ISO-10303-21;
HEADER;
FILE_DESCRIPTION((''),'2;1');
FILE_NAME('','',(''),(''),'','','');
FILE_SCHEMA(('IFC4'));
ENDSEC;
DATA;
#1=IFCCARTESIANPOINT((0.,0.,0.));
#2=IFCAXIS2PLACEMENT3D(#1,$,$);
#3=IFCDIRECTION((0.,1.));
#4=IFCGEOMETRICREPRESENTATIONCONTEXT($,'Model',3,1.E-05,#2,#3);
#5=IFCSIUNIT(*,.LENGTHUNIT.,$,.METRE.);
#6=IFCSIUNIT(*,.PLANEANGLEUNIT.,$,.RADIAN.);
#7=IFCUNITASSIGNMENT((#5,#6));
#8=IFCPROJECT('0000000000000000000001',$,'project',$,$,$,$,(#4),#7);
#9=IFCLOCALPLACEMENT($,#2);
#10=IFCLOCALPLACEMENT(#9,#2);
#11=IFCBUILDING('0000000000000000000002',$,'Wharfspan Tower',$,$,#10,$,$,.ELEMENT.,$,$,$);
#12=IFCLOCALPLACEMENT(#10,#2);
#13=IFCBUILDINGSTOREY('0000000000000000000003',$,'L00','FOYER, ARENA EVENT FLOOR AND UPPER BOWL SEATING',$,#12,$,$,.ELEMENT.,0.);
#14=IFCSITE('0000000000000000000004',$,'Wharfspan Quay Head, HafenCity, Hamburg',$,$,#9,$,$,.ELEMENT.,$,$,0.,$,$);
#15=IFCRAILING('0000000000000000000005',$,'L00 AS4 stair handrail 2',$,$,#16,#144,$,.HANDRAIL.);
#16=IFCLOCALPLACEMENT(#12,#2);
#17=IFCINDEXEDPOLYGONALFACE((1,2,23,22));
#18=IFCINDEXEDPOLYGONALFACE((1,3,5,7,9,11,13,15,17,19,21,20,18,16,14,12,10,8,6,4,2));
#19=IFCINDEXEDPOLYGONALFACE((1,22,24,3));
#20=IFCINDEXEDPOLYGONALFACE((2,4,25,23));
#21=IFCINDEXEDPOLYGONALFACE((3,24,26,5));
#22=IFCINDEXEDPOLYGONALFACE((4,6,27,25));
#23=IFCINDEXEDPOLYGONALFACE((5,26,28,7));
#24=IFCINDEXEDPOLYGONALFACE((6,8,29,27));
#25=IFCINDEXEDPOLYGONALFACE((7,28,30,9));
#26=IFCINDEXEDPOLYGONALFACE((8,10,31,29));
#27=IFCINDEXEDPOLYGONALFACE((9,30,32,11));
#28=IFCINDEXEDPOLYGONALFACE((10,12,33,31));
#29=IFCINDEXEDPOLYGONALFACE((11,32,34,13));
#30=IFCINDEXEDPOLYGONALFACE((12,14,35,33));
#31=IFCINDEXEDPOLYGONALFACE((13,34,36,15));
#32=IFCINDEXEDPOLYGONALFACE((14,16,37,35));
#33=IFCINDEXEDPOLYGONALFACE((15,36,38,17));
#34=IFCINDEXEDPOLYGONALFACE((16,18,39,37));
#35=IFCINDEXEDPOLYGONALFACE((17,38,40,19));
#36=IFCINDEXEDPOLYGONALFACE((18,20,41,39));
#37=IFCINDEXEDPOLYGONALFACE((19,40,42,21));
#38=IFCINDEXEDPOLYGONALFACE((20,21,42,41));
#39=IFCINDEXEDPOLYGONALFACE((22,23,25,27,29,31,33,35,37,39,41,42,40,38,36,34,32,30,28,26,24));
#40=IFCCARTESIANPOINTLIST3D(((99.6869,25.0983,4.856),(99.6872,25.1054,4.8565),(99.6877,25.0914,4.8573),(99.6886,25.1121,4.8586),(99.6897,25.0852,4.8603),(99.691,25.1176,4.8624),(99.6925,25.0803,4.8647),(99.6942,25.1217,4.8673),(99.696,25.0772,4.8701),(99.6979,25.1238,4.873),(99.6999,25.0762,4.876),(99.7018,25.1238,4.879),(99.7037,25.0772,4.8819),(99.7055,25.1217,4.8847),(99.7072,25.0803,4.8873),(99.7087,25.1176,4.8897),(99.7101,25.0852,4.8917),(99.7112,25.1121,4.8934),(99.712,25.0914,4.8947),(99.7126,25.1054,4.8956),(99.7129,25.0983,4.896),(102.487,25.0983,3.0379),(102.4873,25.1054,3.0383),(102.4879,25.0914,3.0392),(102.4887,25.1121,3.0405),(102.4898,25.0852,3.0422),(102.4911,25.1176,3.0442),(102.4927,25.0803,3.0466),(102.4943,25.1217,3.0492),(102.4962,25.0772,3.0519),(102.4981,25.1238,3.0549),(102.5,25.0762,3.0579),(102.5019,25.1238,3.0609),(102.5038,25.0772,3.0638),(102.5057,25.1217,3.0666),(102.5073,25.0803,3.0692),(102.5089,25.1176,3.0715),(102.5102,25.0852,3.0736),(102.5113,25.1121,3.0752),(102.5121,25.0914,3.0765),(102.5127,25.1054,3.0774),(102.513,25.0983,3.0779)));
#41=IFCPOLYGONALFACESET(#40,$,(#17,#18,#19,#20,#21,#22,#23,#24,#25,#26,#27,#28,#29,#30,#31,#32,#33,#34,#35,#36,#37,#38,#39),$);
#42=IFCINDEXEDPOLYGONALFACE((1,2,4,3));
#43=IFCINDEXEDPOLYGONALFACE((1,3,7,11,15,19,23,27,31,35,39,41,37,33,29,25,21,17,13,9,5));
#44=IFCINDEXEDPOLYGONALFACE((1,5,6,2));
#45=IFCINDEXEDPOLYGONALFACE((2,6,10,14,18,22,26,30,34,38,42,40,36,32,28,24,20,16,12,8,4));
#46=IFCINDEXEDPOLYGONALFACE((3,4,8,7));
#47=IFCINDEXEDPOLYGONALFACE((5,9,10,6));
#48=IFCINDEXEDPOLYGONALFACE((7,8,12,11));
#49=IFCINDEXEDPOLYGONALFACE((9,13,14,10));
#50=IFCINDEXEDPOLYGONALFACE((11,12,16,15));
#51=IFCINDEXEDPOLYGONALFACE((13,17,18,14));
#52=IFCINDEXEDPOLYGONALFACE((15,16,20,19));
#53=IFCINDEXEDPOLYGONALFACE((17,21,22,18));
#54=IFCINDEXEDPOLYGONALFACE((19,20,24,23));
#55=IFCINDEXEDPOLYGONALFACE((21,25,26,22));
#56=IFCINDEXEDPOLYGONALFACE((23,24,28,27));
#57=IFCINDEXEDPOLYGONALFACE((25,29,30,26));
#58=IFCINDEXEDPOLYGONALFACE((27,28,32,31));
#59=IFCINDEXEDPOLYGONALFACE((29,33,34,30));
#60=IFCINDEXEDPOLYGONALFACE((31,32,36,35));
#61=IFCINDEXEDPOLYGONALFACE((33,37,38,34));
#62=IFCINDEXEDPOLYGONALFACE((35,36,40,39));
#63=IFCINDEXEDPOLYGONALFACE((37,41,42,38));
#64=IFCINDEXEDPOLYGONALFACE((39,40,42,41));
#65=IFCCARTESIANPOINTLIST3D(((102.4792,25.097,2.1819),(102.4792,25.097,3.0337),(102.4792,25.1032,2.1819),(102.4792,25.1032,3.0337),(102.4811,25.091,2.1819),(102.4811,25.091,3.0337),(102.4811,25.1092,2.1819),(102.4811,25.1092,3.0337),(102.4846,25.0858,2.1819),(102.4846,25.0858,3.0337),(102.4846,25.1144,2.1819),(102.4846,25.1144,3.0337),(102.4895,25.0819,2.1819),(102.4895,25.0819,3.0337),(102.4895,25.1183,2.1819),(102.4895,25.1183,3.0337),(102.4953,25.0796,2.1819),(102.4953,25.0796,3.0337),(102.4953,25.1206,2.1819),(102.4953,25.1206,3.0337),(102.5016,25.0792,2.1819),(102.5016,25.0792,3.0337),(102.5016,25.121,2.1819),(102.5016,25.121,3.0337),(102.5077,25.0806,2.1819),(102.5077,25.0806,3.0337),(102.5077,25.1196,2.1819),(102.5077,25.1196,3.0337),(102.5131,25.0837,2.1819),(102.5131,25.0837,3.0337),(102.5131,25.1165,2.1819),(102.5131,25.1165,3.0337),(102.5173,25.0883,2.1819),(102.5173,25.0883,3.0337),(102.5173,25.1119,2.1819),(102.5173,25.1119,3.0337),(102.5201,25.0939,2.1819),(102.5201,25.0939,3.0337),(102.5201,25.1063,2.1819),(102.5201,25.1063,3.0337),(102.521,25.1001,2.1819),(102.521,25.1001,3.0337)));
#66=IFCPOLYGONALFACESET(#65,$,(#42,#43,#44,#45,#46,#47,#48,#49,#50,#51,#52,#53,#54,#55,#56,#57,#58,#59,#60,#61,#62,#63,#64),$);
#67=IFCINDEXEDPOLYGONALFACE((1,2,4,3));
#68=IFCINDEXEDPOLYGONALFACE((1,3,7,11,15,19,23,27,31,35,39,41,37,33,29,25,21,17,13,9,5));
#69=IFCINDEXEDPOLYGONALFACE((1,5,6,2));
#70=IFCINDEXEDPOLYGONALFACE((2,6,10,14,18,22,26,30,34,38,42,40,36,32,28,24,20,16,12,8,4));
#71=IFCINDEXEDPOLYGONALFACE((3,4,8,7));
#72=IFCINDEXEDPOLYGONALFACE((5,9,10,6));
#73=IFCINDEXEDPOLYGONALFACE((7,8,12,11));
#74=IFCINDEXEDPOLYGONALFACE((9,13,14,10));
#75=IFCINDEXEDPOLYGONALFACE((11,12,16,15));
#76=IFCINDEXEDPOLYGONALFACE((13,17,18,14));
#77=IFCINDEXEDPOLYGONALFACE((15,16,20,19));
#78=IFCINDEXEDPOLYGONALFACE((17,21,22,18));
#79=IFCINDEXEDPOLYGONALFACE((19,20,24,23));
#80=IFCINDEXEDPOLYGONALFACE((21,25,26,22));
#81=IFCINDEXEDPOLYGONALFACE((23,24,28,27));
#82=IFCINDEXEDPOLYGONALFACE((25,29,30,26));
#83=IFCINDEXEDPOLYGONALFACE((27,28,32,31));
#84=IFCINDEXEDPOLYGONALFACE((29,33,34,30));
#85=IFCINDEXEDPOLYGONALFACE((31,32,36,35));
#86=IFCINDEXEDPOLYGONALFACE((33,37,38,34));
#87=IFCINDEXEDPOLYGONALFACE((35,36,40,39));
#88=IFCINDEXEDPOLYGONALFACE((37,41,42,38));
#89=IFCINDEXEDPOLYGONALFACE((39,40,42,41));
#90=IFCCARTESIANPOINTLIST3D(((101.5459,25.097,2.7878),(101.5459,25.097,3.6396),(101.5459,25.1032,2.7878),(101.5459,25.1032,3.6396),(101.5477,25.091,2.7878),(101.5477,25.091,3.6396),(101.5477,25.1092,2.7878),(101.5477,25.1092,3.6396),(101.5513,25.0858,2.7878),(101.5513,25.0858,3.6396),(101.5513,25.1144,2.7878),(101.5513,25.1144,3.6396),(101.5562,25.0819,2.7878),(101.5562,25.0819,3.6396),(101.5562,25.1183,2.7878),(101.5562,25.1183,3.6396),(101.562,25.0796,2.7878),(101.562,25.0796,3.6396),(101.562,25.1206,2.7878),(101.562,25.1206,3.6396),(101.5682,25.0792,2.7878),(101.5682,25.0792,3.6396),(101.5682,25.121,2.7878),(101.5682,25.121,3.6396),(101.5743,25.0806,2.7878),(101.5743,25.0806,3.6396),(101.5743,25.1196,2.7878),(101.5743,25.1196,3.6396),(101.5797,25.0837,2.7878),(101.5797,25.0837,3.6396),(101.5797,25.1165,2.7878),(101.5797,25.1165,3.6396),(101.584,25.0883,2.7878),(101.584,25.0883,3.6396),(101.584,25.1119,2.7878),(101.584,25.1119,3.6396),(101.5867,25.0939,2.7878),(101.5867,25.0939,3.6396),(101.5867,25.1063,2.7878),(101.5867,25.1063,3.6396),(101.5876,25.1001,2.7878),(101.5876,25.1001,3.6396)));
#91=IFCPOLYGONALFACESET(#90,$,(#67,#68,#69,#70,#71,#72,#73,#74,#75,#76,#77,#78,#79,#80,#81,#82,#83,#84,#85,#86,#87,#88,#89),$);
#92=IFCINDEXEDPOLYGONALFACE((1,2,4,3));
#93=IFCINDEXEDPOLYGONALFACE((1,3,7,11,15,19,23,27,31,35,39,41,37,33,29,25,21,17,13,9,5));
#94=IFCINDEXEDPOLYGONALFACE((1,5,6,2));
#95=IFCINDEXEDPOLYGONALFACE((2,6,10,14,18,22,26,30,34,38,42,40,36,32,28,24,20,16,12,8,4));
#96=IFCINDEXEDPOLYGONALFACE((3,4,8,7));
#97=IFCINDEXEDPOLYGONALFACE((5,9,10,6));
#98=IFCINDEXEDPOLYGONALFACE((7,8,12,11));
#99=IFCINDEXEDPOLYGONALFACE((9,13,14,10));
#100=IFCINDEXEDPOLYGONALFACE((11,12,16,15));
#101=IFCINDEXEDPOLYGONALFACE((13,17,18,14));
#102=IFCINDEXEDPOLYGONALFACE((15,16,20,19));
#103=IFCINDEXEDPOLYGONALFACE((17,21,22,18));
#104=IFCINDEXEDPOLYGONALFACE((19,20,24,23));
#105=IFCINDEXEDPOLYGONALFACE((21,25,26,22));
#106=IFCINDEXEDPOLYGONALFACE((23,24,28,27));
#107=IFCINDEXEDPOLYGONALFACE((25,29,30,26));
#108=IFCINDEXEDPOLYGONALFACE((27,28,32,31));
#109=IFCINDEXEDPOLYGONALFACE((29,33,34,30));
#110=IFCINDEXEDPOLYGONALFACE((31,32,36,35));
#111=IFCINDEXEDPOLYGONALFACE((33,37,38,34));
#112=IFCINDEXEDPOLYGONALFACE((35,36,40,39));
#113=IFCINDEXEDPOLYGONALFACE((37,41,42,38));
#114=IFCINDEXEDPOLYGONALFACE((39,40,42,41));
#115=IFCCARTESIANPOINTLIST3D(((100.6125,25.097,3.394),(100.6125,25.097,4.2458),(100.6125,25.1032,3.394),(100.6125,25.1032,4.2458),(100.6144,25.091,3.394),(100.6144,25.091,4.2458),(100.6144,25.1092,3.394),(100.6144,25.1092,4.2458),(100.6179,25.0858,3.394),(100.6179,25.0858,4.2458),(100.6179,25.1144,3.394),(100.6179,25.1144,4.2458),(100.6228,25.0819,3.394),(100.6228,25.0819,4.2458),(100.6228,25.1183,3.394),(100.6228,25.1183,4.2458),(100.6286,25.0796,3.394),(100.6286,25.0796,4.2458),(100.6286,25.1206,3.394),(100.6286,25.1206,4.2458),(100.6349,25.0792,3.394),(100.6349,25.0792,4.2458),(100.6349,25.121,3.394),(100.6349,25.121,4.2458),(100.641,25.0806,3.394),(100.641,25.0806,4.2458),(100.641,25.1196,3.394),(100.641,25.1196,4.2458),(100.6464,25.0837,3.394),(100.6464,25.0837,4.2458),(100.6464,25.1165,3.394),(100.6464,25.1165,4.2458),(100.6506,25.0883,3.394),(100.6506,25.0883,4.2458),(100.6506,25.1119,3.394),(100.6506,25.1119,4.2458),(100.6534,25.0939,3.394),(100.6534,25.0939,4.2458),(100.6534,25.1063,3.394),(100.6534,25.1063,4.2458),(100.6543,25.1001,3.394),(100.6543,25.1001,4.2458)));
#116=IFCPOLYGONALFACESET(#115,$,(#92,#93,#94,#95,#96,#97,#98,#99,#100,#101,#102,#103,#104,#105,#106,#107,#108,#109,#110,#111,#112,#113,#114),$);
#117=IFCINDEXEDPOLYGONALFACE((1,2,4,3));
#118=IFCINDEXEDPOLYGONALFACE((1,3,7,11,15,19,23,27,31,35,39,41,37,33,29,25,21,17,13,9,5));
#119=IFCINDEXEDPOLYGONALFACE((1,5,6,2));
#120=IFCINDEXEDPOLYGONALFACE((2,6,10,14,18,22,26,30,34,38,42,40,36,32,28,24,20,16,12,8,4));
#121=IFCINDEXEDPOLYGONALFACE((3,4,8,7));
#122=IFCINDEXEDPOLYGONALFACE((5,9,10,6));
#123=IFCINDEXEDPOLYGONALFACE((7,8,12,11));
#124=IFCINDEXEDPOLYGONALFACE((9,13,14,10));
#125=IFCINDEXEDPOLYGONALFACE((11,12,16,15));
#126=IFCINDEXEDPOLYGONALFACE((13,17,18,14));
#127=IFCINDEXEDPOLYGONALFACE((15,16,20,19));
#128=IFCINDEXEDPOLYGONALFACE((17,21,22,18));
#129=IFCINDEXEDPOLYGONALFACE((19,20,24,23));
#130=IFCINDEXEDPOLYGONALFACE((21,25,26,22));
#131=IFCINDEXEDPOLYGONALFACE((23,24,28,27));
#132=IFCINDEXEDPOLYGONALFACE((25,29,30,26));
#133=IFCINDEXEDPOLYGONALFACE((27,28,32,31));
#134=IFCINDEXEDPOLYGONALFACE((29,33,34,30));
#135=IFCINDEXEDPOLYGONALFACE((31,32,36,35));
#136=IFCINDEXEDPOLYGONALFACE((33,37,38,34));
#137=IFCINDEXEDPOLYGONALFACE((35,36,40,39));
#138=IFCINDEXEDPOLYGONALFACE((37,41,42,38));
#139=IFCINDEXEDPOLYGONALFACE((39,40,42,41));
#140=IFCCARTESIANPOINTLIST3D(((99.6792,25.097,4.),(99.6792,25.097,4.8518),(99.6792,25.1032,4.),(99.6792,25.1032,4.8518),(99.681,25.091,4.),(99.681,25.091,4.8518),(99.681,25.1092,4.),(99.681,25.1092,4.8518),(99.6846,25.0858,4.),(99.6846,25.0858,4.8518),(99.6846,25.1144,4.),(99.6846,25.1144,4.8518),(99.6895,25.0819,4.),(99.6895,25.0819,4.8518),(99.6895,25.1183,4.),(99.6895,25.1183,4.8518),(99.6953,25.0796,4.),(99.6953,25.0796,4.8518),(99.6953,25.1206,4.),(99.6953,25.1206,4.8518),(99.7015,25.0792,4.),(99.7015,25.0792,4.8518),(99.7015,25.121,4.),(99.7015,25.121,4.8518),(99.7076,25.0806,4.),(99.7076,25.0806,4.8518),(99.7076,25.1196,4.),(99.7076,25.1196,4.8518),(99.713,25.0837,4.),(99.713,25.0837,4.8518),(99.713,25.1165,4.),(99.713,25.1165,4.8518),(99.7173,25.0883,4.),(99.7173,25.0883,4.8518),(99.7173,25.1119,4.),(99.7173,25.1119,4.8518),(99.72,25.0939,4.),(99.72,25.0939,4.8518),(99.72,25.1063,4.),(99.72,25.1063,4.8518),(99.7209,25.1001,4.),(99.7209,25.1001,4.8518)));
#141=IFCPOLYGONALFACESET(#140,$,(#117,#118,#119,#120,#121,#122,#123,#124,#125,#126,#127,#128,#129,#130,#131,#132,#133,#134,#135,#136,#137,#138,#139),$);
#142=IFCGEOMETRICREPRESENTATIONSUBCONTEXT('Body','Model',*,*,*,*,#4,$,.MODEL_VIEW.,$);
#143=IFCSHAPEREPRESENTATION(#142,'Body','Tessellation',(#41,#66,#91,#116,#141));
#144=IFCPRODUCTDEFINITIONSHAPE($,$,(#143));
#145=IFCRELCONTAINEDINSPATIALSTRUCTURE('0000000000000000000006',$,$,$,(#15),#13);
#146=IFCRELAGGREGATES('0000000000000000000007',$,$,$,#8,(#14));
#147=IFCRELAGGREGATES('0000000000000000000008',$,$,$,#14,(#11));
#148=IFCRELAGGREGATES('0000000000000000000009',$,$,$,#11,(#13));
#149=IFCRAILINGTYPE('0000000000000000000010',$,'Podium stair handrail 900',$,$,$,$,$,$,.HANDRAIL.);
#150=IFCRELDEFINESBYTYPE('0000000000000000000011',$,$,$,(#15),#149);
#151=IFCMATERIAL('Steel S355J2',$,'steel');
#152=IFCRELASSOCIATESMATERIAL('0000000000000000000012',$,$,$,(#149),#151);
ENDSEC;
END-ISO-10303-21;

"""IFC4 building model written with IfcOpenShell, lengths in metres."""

from ifc_helpers import new_model, si_unit, direction, frame, origin, origin_2d, place, context, subcontext, project, spatial, circle, extrude, material, type_object, element, save


model = new_model("IFC4")

# Units and contexts
model_context = context("Model", 3, precision=1e-05, world=origin(), true_north=direction((0.0, 1.0)))
body_context = subcontext(model_context, "Body", "Model", "MODEL_VIEW")
ifc_project = project(units=[si_unit("LENGTHUNIT", "METRE"), si_unit("PLANEANGLEUNIT", "RADIAN")], contexts=[model_context])

# Site, building, storey
site_placement = place(None, origin())
site = spatial("IfcSite", under=ifc_project, at=site_placement, Name="Wharfspan Quay Head, HafenCity, Hamburg", CompositionType="ELEMENT", RefElevation=0.0)
building_placement = place(site_placement, origin())
building = spatial("IfcBuilding", under=site, at=building_placement, Name="Wharfspan Tower", CompositionType="ELEMENT")
storey_placement = place(building_placement, origin())
storey = spatial("IfcBuildingStorey", under=building, at=storey_placement, Name="L00", Description="FOYER, ARENA EVENT FLOOR AND UPPER BOWL SEATING", CompositionType="ELEMENT", Elevation=0.0)

# Shared definitions
ifc_material_1 = material(Name="Steel S355J2", Category="steel")

# Railing
railing_type_1 = type_object("IfcRailingType", Name="Podium stair handrail 900", PredefinedType="HANDRAIL", material=ifc_material_1)
railing_1_placement = place(storey_placement, frame((102.5, 25.1001, 2.1819)))
element("IfcRailing", 1, at=railing_1_placement, inside=storey, type_object=railing_type_1, Name="L00 AS4 stair handrail 2", PredefinedType="HANDRAIL", context=body_context, shape_type="SweptSolid", body=[
    extrude(circle(Radius=0.0239, at=origin_2d()), frame((0.0, 0.0, 0.876), z_axis=(-0.838706, 0.0, 0.544585), x_axis=(0.0, -1.0, 0.0)), (0.0, 0.0, 1.0), 3.3386),
    extrude(circle(Radius=0.021, at=origin_2d()), origin(), (0.0, 0.0, 1.0), 0.8518),
    extrude(circle(Radius=0.021, at=origin_2d()), frame((-0.9334, 0.0, 0.606)), (0.0, 0.0, 1.0), 0.8518),
    extrude(circle(Radius=0.021, at=origin_2d()), frame((-1.8667, 0.0, 1.2122)), (0.0, 0.0, 1.0), 0.8518),
    extrude(circle(Radius=0.021, at=origin_2d()), frame((-2.8, 0.0, 1.8181)), (0.0, 0.0, 1.0), 0.8518),
])

save(model, "model.ifc")
